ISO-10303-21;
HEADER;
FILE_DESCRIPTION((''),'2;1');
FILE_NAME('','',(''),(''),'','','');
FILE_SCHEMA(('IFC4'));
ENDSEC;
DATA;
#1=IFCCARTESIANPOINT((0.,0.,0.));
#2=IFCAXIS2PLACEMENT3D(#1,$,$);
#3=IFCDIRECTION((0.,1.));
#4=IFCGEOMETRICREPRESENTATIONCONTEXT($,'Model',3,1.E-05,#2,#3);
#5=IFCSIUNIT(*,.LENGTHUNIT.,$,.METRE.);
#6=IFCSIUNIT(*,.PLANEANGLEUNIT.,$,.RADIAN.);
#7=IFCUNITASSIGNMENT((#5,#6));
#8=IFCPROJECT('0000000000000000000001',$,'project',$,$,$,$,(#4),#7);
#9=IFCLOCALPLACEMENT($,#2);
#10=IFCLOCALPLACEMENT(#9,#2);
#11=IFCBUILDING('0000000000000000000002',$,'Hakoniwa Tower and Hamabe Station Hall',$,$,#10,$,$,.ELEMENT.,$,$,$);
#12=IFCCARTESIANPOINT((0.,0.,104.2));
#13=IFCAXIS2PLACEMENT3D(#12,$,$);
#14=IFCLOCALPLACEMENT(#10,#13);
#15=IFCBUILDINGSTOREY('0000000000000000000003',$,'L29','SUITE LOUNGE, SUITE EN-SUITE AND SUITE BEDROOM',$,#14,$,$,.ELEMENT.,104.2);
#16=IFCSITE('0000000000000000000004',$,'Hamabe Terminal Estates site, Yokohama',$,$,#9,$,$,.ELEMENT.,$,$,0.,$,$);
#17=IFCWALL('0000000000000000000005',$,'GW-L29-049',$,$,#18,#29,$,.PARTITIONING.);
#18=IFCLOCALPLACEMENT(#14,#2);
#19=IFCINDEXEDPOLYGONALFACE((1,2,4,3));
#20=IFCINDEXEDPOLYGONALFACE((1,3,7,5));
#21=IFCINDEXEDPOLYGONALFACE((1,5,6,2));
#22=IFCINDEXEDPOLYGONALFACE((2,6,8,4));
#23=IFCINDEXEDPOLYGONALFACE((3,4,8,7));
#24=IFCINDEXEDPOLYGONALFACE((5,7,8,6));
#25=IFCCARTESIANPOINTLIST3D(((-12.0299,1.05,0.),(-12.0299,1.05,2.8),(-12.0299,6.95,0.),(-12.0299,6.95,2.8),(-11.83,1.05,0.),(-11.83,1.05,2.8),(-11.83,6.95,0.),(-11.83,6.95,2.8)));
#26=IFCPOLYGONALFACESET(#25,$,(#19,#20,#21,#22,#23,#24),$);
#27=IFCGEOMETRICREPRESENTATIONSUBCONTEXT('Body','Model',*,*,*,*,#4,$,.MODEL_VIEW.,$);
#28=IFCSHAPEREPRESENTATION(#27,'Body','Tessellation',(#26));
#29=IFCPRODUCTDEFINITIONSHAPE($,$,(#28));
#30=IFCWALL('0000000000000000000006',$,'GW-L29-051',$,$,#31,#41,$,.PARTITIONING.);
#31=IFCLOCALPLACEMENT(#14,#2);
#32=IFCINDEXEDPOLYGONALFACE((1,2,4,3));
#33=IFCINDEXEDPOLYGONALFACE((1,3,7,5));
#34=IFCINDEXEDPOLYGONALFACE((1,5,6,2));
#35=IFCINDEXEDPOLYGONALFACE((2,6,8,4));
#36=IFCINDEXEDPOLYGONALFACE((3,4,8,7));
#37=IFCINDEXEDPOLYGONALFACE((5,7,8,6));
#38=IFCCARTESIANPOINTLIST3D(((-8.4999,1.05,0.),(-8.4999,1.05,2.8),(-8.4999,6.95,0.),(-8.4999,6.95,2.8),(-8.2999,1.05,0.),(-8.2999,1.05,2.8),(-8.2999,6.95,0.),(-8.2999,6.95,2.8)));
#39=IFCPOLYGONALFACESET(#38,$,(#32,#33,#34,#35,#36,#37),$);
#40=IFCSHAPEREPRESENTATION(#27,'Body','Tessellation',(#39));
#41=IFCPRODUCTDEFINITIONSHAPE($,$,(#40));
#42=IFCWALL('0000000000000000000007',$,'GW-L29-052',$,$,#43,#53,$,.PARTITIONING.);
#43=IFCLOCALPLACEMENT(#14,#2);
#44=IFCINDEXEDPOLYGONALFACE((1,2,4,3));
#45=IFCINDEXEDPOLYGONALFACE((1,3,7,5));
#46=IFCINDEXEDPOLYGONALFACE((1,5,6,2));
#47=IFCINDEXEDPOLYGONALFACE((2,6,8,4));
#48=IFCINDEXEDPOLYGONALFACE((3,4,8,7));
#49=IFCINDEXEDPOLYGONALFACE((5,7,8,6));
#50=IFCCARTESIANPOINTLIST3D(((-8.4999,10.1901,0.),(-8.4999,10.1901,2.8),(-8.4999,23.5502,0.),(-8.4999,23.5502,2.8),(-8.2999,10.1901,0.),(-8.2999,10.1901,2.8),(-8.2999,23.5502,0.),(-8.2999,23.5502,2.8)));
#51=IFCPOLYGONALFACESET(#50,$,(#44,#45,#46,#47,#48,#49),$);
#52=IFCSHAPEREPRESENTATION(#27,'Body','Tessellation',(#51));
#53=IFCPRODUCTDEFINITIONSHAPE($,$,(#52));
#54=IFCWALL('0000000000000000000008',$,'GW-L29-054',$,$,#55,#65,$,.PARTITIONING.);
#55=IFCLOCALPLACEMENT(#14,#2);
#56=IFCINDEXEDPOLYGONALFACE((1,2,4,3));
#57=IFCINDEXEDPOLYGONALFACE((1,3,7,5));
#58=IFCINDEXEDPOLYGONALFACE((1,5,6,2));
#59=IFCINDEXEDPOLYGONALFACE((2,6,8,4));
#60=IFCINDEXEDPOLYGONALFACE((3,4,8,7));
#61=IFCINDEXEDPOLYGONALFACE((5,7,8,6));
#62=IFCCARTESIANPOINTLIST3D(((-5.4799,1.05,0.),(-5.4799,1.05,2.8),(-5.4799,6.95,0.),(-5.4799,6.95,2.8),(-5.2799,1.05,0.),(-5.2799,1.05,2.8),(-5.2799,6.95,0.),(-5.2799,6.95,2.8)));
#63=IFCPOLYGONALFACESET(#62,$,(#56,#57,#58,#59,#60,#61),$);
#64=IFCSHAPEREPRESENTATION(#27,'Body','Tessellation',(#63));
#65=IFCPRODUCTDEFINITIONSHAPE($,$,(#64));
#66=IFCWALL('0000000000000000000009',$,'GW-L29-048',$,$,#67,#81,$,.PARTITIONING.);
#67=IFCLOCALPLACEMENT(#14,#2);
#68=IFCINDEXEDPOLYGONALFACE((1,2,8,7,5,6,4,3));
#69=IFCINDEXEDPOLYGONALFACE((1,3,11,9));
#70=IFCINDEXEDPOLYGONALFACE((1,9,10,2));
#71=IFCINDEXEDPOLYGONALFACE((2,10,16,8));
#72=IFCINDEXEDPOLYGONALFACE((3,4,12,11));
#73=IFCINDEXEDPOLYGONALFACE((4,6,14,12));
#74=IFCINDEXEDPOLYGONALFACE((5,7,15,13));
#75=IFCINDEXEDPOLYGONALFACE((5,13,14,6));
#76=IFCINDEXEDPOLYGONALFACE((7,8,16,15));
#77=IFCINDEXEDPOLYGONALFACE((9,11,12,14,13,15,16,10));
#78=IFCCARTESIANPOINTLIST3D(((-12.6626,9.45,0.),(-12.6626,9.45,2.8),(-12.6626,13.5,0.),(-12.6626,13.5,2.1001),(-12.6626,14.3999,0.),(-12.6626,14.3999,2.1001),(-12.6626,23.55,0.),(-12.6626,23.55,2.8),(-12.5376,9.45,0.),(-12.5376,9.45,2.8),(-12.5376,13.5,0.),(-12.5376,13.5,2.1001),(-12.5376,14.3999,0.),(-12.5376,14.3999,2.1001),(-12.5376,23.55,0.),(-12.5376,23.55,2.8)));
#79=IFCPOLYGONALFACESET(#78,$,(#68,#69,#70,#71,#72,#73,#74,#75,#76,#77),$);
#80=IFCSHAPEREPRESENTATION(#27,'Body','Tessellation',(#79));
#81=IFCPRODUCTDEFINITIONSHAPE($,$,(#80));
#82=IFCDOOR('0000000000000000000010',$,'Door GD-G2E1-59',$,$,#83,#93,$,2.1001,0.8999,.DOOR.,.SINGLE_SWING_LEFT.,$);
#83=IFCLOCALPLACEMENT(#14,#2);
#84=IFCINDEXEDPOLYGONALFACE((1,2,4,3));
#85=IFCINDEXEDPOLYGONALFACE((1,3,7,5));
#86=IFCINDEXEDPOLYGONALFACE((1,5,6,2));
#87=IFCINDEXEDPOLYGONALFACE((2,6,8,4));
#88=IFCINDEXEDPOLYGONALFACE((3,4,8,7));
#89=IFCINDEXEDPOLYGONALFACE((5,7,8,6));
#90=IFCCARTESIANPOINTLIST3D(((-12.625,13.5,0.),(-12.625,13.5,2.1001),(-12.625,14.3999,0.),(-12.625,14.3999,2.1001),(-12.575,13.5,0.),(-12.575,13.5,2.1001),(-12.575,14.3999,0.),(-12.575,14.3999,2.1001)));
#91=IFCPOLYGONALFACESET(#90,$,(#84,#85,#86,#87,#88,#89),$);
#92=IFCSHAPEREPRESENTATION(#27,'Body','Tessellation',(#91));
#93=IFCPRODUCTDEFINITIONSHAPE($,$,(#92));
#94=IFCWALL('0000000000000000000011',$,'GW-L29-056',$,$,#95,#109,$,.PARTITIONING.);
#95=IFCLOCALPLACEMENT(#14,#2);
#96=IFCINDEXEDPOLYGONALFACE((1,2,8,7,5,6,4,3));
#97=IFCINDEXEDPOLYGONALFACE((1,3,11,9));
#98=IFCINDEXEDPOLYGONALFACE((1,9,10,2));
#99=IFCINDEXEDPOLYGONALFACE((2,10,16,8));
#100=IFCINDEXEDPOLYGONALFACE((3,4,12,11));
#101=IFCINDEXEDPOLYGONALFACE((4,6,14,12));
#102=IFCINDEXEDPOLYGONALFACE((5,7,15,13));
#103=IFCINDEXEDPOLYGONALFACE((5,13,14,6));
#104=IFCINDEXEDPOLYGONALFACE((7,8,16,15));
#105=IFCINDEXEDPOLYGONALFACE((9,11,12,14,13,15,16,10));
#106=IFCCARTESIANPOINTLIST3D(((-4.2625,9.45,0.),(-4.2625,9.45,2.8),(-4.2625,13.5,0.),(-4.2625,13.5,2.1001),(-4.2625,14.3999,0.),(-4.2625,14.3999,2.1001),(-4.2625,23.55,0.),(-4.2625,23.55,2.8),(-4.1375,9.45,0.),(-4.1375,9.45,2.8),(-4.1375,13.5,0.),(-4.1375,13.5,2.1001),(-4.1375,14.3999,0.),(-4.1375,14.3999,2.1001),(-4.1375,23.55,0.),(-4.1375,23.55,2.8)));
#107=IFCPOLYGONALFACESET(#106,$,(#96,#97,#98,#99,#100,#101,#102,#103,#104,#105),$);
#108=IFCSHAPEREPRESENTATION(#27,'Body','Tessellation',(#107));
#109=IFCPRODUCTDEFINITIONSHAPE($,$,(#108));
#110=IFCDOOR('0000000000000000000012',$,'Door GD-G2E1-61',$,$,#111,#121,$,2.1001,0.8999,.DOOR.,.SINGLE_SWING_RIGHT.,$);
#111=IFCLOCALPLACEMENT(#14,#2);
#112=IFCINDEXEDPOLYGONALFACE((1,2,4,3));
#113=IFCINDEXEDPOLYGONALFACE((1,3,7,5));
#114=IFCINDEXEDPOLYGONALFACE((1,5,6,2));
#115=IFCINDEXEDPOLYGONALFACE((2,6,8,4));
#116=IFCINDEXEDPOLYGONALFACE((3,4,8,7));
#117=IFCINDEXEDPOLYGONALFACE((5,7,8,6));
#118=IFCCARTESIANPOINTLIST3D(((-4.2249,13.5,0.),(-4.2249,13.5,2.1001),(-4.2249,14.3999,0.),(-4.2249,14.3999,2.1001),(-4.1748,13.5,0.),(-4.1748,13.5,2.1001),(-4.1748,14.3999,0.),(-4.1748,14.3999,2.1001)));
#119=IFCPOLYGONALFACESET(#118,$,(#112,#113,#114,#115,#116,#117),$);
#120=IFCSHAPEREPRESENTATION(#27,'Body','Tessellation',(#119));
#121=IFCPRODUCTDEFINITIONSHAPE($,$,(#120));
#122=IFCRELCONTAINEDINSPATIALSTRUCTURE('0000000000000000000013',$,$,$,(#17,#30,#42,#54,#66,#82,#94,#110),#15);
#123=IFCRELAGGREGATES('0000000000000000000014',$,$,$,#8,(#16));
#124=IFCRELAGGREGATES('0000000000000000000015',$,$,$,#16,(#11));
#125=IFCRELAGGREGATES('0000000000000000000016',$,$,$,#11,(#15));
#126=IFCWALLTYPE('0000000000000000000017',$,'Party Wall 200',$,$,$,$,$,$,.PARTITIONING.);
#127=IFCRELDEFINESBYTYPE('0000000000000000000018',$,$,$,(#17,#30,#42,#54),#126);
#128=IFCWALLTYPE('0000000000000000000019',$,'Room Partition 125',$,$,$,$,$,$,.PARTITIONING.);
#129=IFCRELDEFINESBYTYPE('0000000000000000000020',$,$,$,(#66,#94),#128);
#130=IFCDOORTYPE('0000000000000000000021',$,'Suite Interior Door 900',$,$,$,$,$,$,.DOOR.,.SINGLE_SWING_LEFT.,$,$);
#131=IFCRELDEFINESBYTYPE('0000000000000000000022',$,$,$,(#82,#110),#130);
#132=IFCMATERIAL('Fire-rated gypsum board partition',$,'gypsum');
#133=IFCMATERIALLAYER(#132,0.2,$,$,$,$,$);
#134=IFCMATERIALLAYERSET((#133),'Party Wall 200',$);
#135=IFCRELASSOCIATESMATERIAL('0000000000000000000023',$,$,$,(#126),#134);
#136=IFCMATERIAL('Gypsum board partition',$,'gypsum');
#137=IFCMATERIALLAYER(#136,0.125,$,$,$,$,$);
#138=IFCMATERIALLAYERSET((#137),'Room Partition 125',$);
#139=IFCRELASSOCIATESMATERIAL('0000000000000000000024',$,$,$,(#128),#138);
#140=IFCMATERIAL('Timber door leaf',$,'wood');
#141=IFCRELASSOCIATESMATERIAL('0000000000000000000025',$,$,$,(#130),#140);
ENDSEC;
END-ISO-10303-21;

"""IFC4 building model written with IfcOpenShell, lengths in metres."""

from ifc_helpers import new_model, si_unit, direction, frame, frame_2d, origin, place, context, subcontext, project, spatial, rectangle, extrude, material, layer, layer_set, type_object, element, fill, save


model = new_model("IFC4")

# Units and contexts
model_context = context("Model", 3, precision=1e-05, world=origin(), true_north=direction((0.0, 1.0)))
body_context = subcontext(model_context, "Body", "Model", "MODEL_VIEW")
ifc_project = project(units=[si_unit("LENGTHUNIT", "METRE"), si_unit("PLANEANGLEUNIT", "RADIAN")], contexts=[model_context])

# Site, building, storey
site_placement = place(None, origin())
site = spatial("IfcSite", under=ifc_project, at=site_placement, Name="Hamabe Terminal Estates site, Yokohama", CompositionType="ELEMENT", RefElevation=0.0)
building_placement = place(site_placement, origin())
building = spatial("IfcBuilding", under=site, at=building_placement, Name="Hakoniwa Tower and Hamabe Station Hall", CompositionType="ELEMENT")
storey_placement = place(building_placement, frame((0.0, 0.0, 104.2)))
storey = spatial("IfcBuildingStorey", under=building, at=storey_placement, Name="L29", Description="SUITE LOUNGE, SUITE EN-SUITE AND SUITE BEDROOM", CompositionType="ELEMENT", Elevation=104.2)

# Walls
ifc_material_1 = material(Name="Fire-rated gypsum board partition", Category="gypsum")
ifc_layer_1 = layer(ifc_material_1, 0.2)
ifc_layer_set_1 = layer_set([ifc_layer_1], Name="Party Wall 200")
wall_type_1 = type_object("IfcWallType", Name="Party Wall 200", PredefinedType="PARTITIONING", material=ifc_layer_set_1)
for number, where, z_axis, x_axis, name in (
    (1, (-11.9299, 1.05, 0.0), (0.0, 0.0, 1.0), (0.0, 1.0, 0.0), "GW-L29-049"),
    (2, (-8.3999, 1.05, 0.0), (0.0, 0.0, 1.0), (0.0, 1.0, 0.0), "GW-L29-051"),
):
    element("IfcWall", number, at=place(storey_placement, frame(where, z_axis=z_axis, x_axis=x_axis)), inside=storey, type_object=wall_type_1, Name=name, PredefinedType="PARTITIONING", context=body_context, shape_type="SweptSolid", body=[
        extrude(rectangle(XDim=5.8999, YDim=0.2, at=frame_2d((2.95, 0.0))), origin(), (0.0, 0.0, 1.0), 2.8),
    ])
wall_1_placement = place(storey_placement, frame((-8.3999, 10.1899, 0.0), z_axis=(0.0, 0.0, 1.0), x_axis=(0.0, 1.0, 0.0)))
element("IfcWall", 3, at=wall_1_placement, inside=storey, type_object=wall_type_1, Name="GW-L29-052", PredefinedType="PARTITIONING", context=body_context, shape_type="SweptSolid", body=[
    extrude(rectangle(XDim=13.3601, YDim=0.2, at=frame_2d((6.6802, 0.0))), origin(), (0.0, 0.0, 1.0), 2.8),
])
wall_2_placement = place(storey_placement, frame((-5.3799, 1.05, 0.0), z_axis=(0.0, 0.0, 1.0), x_axis=(0.0, 1.0, 0.0)))
element("IfcWall", 4, at=wall_2_placement, inside=storey, type_object=wall_type_1, Name="GW-L29-054", PredefinedType="PARTITIONING", context=body_context, shape_type="SweptSolid", body=[
    extrude(rectangle(XDim=5.8999, YDim=0.2, at=frame_2d((2.95, 0.0))), origin(), (0.0, 0.0, 1.0), 2.8),
])

# Walls, openings, doors
ifc_material_2 = material(Name="Gypsum board partition", Category="gypsum")
ifc_layer_2 = layer(ifc_material_2, 0.125)
ifc_layer_set_2 = layer_set([ifc_layer_2], Name="Room Partition 125")
wall_type_2 = type_object("IfcWallType", Name="Room Partition 125", PredefinedType="PARTITIONING", material=ifc_layer_set_2)
wall_3_placement = place(storey_placement, frame((-12.6001, 9.45, 0.0), z_axis=(0.0, 0.0, 1.0), x_axis=(0.0, 1.0, 0.0)))
wall_3 = element("IfcWall", 5, at=wall_3_placement, inside=storey, type_object=wall_type_2, Name="GW-L29-048", PredefinedType="PARTITIONING", context=body_context, shape_type="SweptSolid", body=[
    extrude(rectangle(XDim=14.1001, YDim=0.125, at=frame_2d((7.05, 0.0))), origin(), (0.0, 0.0, 1.0), 2.8),
])
opening_1_placement = place(wall_3_placement, frame((4.05, 0.0, 0.0)))
opening_1 = element("IfcOpeningElement", 6, at=opening_1_placement, cuts=wall_3, PredefinedType="OPENING", context=body_context, shape_type="SweptSolid", body=[
    extrude(rectangle(XDim=0.8999, YDim=2.1001, at=frame_2d((0.45, 1.05))), frame((0.0, 0.0725, 0.0), z_axis=(0.0, -1.0, 0.0), x_axis=(1.0, 0.0, 0.0)), (0.0, 0.0, 1.0), 0.145),
])
ifc_material_3 = material(Name="Timber door leaf", Category="wood")
door_type_1 = type_object("IfcDoorType", Name="Suite Interior Door 900", OperationType="SINGLE_SWING_LEFT", PredefinedType="DOOR", material=ifc_material_3)
door_1_placement = place(opening_1_placement, origin())
door_1 = element("IfcDoor", 7, at=door_1_placement, inside=storey, type_object=door_type_1, Name="Door GD-G2E1-59", OperationType="SINGLE_SWING_LEFT", OverallHeight=2.1001, OverallWidth=0.8999, PredefinedType="DOOR", context=body_context, shape_type="SweptSolid", body=[
    extrude(rectangle(XDim=0.8999, YDim=2.1001, at=frame_2d((0.45, 1.05))), frame((0.0, 0.0249, 0.0), z_axis=(0.0, -1.0, 0.0), x_axis=(1.0, 0.0, 0.0)), (0.0, 0.0, 1.0), 0.05),
])
fill(opening_1, door_1)
wall_4_placement = place(storey_placement, frame((-4.2, 9.45, 0.0), z_axis=(0.0, 0.0, 1.0), x_axis=(0.0, 1.0, 0.0)))
wall_4 = element("IfcWall", 8, at=wall_4_placement, inside=storey, type_object=wall_type_2, Name="GW-L29-056", PredefinedType="PARTITIONING", context=body_context, shape_type="SweptSolid", body=[
    extrude(rectangle(XDim=14.1001, YDim=0.125, at=frame_2d((7.05, 0.0))), origin(), (0.0, 0.0, 1.0), 2.8),
])
opening_2_placement = place(wall_4_placement, frame((4.05, 0.0, 0.0)))
opening_2 = element("IfcOpeningElement", 9, at=opening_2_placement, cuts=wall_4, PredefinedType="OPENING", context=body_context, shape_type="SweptSolid", body=[
    extrude(rectangle(XDim=0.8999, YDim=2.1001, at=frame_2d((0.45, 1.05))), frame((0.0, 0.0725, 0.0), z_axis=(0.0, -1.0, 0.0), x_axis=(1.0, 0.0, 0.0)), (0.0, 0.0, 1.0), 0.145),
])
door_2_placement = place(opening_2_placement, origin())
door_2 = element("IfcDoor", 10, at=door_2_placement, inside=storey, type_object=door_type_1, Name="Door GD-G2E1-61", OperationType="SINGLE_SWING_RIGHT", OverallHeight=2.1001, OverallWidth=0.8999, PredefinedType="DOOR", context=body_context, shape_type="SweptSolid", body=[
    extrude(rectangle(XDim=0.8999, YDim=2.1001, at=frame_2d((0.45, 1.05))), frame((0.0, 0.0249, 0.0), z_axis=(0.0, -1.0, 0.0), x_axis=(1.0, 0.0, 0.0)), (0.0, 0.0, 1.0), 0.05),
])
fill(opening_2, door_2)

save(model, "model.ifc")
